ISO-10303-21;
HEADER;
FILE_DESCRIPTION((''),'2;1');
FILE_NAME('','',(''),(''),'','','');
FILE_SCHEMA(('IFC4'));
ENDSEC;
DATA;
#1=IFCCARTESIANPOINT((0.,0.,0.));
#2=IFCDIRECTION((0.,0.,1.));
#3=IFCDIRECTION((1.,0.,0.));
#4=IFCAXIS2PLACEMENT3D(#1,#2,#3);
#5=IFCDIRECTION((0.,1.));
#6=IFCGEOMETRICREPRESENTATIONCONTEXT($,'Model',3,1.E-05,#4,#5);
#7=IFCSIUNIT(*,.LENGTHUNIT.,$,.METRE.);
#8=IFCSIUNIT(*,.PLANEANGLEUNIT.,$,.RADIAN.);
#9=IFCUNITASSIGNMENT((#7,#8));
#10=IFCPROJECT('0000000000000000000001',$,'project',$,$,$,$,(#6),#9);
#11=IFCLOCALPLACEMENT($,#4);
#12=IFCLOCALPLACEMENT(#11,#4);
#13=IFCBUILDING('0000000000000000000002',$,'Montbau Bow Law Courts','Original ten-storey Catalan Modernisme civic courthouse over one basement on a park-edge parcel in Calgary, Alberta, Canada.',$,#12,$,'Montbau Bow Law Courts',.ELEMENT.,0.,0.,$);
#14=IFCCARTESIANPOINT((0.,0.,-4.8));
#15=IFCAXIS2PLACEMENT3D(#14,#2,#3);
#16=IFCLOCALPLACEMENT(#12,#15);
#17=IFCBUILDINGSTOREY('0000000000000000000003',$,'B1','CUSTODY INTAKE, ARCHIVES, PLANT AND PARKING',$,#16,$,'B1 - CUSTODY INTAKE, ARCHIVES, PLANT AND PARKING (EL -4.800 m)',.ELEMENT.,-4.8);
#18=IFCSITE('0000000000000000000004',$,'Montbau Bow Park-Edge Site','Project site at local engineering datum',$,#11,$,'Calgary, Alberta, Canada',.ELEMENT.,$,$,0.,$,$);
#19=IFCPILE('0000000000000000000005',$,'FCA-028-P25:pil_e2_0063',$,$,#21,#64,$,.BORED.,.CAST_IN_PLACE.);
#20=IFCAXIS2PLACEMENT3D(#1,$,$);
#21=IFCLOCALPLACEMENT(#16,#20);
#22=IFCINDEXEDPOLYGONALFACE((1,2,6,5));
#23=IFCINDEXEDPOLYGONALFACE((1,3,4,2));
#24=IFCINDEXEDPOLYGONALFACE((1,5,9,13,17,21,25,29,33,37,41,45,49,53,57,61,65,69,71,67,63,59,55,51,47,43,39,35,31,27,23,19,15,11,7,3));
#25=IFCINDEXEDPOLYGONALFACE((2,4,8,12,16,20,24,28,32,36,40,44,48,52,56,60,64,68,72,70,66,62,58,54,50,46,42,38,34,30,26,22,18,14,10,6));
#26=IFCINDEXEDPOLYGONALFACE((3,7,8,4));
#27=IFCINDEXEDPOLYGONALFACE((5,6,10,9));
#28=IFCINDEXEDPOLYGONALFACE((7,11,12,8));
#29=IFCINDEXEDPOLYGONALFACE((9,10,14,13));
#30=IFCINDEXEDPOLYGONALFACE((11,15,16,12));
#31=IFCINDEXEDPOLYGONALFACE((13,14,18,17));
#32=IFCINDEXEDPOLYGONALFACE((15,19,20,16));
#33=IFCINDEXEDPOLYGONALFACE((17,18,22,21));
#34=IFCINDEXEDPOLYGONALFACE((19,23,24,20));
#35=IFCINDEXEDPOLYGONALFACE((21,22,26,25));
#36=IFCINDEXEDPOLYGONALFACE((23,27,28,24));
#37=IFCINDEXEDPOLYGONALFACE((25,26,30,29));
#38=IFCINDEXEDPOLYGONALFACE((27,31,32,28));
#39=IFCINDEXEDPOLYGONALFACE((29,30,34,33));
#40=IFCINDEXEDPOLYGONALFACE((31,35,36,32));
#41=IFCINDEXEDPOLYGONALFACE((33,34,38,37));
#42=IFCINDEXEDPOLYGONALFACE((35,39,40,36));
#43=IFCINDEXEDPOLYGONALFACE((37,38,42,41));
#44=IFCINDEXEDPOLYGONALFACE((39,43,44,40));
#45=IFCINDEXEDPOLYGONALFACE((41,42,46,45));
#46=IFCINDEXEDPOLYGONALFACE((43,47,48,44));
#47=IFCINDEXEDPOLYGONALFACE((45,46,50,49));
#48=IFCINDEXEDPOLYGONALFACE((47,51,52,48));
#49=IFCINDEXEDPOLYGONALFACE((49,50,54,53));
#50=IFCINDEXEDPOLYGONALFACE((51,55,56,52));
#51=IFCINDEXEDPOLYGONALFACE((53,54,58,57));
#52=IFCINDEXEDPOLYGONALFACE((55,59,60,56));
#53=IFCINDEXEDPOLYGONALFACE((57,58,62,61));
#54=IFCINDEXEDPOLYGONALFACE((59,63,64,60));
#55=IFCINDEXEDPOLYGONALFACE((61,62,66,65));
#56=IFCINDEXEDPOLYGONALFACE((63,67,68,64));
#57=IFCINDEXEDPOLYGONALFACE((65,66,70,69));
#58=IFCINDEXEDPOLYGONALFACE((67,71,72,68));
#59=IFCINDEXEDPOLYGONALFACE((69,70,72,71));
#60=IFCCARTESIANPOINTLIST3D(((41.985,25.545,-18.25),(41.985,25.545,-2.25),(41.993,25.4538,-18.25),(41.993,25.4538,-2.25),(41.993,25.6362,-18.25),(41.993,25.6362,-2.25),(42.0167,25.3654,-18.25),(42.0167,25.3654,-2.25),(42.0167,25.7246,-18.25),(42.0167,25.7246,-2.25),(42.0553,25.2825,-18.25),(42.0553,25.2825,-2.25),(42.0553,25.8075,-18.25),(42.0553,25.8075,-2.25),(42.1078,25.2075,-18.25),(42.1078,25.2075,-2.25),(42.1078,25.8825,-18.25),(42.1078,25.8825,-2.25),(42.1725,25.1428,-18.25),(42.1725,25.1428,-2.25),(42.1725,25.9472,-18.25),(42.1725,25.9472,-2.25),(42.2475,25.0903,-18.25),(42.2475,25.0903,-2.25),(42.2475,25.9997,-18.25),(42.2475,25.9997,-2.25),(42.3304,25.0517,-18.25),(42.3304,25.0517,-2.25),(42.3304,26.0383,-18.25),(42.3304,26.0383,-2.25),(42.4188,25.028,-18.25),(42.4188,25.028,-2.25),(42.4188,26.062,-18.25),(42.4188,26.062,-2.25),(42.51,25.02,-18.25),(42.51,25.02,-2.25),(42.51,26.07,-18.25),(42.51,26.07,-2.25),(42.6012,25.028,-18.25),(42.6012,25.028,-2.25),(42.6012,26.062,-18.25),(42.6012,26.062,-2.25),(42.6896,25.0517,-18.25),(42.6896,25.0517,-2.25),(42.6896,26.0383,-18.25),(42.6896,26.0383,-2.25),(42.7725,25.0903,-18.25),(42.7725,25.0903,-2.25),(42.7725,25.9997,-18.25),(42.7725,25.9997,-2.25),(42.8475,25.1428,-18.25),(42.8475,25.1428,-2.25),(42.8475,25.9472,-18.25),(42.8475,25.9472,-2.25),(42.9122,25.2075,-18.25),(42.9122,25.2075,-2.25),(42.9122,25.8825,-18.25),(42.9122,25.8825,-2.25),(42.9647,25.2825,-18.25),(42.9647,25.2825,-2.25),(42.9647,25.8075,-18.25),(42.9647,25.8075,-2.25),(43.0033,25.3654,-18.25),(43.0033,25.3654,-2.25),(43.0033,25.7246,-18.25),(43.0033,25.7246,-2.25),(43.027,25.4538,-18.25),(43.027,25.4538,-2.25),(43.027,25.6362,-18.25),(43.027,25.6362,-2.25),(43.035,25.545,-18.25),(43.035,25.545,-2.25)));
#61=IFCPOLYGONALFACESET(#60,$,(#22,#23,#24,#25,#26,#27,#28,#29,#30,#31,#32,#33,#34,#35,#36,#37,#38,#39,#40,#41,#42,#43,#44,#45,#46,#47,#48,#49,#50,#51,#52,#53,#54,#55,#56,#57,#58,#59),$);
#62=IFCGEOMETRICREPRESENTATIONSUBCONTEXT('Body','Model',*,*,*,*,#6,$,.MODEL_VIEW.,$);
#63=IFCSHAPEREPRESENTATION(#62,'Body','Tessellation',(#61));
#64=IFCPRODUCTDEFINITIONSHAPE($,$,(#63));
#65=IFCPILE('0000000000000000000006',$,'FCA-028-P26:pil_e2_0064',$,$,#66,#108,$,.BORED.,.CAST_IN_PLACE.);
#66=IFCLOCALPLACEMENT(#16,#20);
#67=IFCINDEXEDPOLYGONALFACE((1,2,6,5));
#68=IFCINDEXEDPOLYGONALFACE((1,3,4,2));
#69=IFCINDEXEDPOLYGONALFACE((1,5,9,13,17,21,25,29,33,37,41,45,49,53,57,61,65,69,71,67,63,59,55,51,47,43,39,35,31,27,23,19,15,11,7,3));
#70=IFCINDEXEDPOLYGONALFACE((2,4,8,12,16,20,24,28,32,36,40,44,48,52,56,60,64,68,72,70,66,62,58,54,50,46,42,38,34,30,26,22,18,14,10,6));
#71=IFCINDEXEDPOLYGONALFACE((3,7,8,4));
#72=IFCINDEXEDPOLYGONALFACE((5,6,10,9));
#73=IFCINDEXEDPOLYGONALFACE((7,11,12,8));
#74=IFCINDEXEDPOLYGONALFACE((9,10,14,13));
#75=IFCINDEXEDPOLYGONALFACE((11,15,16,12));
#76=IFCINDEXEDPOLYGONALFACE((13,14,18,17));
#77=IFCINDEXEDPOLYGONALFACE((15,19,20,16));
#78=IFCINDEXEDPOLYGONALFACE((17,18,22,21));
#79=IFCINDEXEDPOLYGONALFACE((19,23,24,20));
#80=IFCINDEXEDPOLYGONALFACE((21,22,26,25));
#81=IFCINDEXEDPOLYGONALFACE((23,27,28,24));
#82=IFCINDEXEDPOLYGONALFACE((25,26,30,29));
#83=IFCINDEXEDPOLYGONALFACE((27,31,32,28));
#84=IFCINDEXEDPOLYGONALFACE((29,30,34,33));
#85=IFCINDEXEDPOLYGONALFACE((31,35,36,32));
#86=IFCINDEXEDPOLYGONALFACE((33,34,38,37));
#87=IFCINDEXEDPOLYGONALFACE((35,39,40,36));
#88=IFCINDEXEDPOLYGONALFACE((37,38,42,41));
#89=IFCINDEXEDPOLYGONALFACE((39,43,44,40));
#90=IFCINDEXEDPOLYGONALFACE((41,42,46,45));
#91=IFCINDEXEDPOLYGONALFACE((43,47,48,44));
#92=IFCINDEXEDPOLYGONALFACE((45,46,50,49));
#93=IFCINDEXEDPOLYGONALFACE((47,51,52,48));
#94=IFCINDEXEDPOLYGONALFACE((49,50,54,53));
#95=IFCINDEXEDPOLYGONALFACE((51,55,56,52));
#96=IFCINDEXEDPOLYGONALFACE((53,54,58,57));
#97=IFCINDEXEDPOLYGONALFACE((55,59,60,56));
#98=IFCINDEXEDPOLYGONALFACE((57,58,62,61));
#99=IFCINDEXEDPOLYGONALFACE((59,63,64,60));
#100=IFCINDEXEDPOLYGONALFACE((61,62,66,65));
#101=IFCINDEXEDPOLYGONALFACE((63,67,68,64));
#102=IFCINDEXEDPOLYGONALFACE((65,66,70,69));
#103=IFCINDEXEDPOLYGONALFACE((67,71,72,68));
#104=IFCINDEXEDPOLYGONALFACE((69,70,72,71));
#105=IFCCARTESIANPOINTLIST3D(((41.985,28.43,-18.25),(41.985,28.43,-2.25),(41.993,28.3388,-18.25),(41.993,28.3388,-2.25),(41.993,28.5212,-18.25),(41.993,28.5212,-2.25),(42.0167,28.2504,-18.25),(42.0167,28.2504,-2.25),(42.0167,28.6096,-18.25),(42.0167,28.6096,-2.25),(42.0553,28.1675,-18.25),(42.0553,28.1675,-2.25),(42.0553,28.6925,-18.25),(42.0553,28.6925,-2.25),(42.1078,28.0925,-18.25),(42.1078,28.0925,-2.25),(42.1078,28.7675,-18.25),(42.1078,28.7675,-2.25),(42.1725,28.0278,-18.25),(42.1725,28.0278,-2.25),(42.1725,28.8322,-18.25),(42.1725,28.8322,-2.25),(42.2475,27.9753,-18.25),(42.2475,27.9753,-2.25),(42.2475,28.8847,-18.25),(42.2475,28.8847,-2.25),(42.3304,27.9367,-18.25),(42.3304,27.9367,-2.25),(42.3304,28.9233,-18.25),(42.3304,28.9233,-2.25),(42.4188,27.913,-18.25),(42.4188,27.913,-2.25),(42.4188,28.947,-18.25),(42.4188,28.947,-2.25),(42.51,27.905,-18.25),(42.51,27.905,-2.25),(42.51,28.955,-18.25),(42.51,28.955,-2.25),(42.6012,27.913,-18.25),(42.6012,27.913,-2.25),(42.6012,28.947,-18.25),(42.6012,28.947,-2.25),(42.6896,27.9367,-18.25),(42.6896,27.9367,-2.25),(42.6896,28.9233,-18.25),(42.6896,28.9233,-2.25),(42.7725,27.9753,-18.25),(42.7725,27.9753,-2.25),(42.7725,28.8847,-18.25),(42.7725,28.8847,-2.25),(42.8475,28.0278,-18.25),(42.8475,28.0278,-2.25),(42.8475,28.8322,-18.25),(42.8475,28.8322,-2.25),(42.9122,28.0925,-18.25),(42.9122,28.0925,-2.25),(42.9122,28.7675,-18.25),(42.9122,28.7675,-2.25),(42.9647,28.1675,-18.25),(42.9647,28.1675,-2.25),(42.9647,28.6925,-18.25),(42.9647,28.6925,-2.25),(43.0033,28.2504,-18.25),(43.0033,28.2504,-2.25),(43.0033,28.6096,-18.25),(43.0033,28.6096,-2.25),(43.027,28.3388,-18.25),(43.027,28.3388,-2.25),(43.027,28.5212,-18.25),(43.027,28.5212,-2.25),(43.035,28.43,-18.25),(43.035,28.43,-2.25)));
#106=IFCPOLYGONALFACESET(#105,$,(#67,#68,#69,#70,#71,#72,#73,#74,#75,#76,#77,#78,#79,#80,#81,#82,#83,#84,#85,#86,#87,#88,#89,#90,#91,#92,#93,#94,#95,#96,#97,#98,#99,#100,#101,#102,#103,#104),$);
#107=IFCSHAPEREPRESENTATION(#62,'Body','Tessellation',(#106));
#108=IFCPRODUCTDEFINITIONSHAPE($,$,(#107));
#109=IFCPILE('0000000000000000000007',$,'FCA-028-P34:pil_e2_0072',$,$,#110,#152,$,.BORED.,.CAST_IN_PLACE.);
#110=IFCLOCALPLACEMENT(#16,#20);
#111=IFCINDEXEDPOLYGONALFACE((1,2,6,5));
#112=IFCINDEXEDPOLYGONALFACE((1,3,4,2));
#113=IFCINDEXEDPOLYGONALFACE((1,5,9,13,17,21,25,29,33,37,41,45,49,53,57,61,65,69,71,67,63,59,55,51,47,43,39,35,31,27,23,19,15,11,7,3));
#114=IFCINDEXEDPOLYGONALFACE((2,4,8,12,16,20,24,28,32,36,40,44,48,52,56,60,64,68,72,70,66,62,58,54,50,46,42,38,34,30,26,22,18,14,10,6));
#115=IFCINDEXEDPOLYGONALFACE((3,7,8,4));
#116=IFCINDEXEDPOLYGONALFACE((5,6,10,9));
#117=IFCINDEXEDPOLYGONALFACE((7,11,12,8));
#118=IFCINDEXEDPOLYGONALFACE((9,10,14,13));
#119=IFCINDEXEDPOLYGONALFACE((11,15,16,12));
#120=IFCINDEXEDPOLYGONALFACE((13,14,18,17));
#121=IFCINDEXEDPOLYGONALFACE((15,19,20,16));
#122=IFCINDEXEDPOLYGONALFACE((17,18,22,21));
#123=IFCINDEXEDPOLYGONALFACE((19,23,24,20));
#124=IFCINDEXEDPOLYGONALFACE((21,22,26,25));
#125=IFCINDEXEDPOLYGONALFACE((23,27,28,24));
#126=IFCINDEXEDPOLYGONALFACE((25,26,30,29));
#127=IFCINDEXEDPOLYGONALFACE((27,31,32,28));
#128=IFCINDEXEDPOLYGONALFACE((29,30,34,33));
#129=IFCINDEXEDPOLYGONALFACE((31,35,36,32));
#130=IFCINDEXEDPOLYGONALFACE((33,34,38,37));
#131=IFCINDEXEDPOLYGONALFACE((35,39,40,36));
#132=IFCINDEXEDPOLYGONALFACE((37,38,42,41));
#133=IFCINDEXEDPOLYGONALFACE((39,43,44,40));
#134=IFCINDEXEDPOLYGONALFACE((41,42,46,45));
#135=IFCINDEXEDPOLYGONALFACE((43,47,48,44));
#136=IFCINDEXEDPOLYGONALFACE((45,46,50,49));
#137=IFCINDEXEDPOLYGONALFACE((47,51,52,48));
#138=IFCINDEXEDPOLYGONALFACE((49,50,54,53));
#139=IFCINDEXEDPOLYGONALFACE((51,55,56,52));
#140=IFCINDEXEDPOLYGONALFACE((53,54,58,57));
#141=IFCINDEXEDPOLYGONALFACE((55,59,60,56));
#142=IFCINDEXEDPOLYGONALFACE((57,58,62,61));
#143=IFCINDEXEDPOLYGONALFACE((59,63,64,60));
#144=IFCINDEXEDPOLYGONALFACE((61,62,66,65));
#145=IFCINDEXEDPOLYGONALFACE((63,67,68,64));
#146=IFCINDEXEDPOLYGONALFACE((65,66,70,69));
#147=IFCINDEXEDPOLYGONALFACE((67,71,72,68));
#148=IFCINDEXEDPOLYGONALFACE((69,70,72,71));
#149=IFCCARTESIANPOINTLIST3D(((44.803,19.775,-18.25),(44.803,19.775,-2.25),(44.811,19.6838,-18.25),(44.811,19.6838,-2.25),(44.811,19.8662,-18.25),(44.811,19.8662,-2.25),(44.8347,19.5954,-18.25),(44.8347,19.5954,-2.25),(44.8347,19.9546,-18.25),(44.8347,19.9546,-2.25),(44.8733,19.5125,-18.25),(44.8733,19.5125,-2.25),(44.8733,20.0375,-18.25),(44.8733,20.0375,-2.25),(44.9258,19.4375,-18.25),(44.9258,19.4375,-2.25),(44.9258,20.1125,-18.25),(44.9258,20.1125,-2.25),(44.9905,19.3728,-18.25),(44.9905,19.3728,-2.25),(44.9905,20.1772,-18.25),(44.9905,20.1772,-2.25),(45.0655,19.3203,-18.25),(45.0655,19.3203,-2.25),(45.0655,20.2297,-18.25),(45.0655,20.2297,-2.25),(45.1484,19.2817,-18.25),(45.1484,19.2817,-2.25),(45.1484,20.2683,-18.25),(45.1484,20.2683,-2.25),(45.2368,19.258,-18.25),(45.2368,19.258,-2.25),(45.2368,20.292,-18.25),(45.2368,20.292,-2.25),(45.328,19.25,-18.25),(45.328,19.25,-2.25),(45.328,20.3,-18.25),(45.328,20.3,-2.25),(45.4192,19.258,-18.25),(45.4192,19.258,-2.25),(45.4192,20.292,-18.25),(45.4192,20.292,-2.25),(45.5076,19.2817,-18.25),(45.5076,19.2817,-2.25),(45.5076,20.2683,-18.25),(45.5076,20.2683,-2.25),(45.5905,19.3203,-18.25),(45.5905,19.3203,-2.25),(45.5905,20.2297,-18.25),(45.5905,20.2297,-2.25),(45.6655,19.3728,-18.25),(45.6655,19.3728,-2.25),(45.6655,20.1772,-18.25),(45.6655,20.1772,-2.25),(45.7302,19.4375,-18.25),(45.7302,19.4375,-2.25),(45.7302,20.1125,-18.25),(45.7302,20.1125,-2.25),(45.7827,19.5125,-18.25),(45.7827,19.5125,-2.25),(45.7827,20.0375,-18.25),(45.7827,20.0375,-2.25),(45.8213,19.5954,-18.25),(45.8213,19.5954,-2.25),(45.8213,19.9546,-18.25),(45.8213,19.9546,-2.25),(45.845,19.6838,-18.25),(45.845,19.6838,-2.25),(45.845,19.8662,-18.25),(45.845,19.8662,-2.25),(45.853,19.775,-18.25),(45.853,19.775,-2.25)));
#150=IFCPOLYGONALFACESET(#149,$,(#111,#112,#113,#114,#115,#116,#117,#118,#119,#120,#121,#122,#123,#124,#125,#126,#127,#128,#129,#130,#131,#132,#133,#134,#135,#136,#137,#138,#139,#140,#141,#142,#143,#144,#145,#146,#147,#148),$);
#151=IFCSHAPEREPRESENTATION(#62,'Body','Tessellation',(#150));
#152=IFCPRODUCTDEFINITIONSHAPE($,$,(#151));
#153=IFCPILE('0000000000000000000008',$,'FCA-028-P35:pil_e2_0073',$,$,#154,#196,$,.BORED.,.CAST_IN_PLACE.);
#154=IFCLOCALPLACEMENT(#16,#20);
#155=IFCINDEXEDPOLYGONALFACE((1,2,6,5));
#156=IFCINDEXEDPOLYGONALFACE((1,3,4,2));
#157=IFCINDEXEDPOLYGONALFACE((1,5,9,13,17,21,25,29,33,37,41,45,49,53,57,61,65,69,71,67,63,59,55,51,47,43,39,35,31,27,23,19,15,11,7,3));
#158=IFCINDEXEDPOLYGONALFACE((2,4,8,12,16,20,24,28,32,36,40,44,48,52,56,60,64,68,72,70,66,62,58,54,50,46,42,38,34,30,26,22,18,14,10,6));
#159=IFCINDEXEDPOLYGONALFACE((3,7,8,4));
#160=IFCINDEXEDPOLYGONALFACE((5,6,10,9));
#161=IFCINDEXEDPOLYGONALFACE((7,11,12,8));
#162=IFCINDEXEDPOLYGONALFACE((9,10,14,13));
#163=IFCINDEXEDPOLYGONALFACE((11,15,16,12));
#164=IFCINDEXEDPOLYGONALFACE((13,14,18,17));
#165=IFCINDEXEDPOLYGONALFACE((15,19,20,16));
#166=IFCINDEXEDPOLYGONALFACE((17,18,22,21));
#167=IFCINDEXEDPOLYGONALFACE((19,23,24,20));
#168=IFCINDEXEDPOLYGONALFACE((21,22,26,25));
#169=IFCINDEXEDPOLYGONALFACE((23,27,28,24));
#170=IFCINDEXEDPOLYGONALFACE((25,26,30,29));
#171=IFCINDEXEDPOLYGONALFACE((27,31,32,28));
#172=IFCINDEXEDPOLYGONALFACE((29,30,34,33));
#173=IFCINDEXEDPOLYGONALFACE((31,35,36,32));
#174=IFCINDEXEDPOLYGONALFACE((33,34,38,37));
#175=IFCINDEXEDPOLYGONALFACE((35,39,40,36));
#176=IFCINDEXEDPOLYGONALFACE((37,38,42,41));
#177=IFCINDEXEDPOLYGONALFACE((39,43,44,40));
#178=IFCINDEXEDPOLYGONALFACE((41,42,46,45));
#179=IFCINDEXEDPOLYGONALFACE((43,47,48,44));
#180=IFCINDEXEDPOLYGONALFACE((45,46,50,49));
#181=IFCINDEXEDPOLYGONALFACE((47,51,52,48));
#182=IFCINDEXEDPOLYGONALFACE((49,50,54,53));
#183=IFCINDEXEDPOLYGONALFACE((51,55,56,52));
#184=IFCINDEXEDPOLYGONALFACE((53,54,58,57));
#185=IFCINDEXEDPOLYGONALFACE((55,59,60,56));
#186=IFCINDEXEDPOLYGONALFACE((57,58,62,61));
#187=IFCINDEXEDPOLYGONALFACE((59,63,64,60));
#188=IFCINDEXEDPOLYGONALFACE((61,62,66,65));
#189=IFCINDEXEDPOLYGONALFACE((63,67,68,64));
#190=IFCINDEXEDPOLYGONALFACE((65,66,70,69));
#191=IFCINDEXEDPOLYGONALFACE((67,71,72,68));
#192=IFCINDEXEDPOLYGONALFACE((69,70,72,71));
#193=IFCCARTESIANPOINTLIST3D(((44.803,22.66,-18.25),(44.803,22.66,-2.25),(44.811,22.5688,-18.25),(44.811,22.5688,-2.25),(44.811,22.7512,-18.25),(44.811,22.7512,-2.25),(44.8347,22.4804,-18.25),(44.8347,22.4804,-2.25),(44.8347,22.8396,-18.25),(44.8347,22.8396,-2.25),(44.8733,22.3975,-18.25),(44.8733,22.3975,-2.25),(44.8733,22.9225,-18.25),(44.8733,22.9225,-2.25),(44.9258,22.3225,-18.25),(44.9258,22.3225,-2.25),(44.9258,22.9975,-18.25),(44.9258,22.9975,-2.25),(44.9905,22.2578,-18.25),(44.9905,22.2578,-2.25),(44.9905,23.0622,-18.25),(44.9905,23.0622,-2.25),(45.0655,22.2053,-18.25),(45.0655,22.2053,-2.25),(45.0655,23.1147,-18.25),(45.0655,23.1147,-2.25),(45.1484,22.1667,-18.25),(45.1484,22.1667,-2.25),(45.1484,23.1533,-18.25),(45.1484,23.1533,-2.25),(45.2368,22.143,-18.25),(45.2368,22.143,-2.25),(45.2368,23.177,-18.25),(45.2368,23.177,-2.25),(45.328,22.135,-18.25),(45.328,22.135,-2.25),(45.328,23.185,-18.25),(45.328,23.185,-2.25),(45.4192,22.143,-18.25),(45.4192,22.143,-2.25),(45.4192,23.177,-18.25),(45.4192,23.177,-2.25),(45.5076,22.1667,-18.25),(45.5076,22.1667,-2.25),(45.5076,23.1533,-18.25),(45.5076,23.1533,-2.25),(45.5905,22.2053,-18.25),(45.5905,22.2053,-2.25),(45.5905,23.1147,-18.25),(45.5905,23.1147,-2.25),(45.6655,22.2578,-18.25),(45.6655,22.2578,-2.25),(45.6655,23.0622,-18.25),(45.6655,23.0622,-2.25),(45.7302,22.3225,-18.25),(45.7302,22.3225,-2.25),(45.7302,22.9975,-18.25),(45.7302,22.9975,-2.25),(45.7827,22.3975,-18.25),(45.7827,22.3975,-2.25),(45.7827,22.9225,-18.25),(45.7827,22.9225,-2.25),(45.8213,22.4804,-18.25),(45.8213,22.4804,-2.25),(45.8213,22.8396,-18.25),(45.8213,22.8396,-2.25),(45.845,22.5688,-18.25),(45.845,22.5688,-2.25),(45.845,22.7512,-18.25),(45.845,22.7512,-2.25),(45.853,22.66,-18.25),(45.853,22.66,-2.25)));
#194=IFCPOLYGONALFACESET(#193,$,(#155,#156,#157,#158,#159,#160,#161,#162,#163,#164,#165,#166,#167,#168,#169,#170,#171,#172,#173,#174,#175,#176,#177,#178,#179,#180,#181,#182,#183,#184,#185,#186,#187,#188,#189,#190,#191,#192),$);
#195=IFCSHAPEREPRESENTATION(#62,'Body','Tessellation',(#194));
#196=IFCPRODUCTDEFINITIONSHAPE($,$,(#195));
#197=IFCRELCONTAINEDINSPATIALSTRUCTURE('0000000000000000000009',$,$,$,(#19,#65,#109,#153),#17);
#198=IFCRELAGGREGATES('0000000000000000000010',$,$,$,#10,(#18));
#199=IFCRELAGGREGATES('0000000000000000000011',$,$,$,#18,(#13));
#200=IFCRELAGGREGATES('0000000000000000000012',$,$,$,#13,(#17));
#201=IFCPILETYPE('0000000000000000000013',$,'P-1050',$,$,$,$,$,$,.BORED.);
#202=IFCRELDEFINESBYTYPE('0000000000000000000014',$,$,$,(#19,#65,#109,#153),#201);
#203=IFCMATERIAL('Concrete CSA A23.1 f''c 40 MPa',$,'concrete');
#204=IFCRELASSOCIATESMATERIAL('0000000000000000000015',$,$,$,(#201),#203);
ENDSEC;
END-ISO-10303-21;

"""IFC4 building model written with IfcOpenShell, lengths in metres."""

from ifc_helpers import new_model, si_unit, direction, frame, origin_with_axes, origin_2d_with_axis, place, context, subcontext, project, spatial, circle, extrude, material, material_profile, profile_set, type_object, element, save


model = new_model("IFC4")

# Units and contexts
model_context = context("Model", 3, precision=1e-05, world=origin_with_axes(), true_north=direction((0.0, 1.0)))
body_context = subcontext(model_context, "Body", "Model", "MODEL_VIEW")
ifc_project = project(units=[si_unit("LENGTHUNIT", "METRE"), si_unit("PLANEANGLEUNIT", "RADIAN")], contexts=[model_context])

# Site, building, storey
site_placement = place(None, origin_with_axes())
site = spatial("IfcSite", under=ifc_project, at=site_placement, Name="Montbau Bow Park-Edge Site", Description="Project site at local engineering datum", LongName="Calgary, Alberta, Canada", CompositionType="ELEMENT", RefElevation=0.0)
building_placement = place(site_placement, origin_with_axes())
building = spatial("IfcBuilding", under=site, at=building_placement, Name="Montbau Bow Law Courts", Description="Original ten-storey Catalan Modernisme civic courthouse over one basement on a park-edge parcel in Calgary, Alberta, Canada.", LongName="Montbau Bow Law Courts", CompositionType="ELEMENT", ElevationOfRefHeight=0.0, ElevationOfTerrain=0.0)
storey_placement = place(building_placement, frame((0.0, 0.0, -4.8), z_axis=(0.0, 0.0, 1.0), x_axis=(1.0, 0.0, 0.0)))
storey = spatial("IfcBuildingStorey", under=building, at=storey_placement, Name="B1", Description="CUSTODY INTAKE, ARCHIVES, PLANT AND PARKING", LongName="B1 - CUSTODY INTAKE, ARCHIVES, PLANT AND PARKING (EL -4.800 m)", CompositionType="ELEMENT", Elevation=-4.8)

# Piles
ifc_material_1 = material(Name="Concrete CSA A23.1 f'c 40 MPa", Category="concrete")
ifc_material_profile_1 = material_profile(ifc_material_1, circle(Radius=0.525, at=origin_2d_with_axis()), Name="BP1050", Category="Main", Priority=0)
ifc_profile_set_1 = profile_set([ifc_material_profile_1], Name="Concrete CSA A23.1 f'c 40 MPa")
pile_type = type_object("IfcPileType", Name="P-1050", PredefinedType="BORED", material=ifc_profile_set_1)
for number, where, z_axis, x_axis, name in (
    (1, (42.51, 25.545, -23.05), (0.0, 0.0, 1.0), (1.0, 0.0, 0.0), "FCA-028-P25:pil_e2_0063"),
    (2, (42.51, 28.43, -23.05), (0.0, 0.0, 1.0), (1.0, 0.0, 0.0), "FCA-028-P26:pil_e2_0064"),
    (3, (45.328, 19.775, -23.05), (0.0, 0.0, 1.0), (1.0, 0.0, 0.0), "FCA-028-P34:pil_e2_0072"),
    (4, (45.328, 22.66, -23.05), (0.0, 0.0, 1.0), (1.0, 0.0, 0.0), "FCA-028-P35:pil_e2_0073"),
):
    element("IfcPile", number, at=place(None, frame(where, z_axis=z_axis, x_axis=x_axis)), inside=storey, type_object=pile_type, Name=name, ConstructionType="CAST_IN_PLACE", PredefinedType="BORED", context=body_context, shape_type="SweptSolid", body=[
        extrude(circle(Radius=0.525, at=origin_2d_with_axis()), origin_with_axes(), (0.0, 0.0, 1.0), 16.0),
    ])

save(model, "model.ifc")
